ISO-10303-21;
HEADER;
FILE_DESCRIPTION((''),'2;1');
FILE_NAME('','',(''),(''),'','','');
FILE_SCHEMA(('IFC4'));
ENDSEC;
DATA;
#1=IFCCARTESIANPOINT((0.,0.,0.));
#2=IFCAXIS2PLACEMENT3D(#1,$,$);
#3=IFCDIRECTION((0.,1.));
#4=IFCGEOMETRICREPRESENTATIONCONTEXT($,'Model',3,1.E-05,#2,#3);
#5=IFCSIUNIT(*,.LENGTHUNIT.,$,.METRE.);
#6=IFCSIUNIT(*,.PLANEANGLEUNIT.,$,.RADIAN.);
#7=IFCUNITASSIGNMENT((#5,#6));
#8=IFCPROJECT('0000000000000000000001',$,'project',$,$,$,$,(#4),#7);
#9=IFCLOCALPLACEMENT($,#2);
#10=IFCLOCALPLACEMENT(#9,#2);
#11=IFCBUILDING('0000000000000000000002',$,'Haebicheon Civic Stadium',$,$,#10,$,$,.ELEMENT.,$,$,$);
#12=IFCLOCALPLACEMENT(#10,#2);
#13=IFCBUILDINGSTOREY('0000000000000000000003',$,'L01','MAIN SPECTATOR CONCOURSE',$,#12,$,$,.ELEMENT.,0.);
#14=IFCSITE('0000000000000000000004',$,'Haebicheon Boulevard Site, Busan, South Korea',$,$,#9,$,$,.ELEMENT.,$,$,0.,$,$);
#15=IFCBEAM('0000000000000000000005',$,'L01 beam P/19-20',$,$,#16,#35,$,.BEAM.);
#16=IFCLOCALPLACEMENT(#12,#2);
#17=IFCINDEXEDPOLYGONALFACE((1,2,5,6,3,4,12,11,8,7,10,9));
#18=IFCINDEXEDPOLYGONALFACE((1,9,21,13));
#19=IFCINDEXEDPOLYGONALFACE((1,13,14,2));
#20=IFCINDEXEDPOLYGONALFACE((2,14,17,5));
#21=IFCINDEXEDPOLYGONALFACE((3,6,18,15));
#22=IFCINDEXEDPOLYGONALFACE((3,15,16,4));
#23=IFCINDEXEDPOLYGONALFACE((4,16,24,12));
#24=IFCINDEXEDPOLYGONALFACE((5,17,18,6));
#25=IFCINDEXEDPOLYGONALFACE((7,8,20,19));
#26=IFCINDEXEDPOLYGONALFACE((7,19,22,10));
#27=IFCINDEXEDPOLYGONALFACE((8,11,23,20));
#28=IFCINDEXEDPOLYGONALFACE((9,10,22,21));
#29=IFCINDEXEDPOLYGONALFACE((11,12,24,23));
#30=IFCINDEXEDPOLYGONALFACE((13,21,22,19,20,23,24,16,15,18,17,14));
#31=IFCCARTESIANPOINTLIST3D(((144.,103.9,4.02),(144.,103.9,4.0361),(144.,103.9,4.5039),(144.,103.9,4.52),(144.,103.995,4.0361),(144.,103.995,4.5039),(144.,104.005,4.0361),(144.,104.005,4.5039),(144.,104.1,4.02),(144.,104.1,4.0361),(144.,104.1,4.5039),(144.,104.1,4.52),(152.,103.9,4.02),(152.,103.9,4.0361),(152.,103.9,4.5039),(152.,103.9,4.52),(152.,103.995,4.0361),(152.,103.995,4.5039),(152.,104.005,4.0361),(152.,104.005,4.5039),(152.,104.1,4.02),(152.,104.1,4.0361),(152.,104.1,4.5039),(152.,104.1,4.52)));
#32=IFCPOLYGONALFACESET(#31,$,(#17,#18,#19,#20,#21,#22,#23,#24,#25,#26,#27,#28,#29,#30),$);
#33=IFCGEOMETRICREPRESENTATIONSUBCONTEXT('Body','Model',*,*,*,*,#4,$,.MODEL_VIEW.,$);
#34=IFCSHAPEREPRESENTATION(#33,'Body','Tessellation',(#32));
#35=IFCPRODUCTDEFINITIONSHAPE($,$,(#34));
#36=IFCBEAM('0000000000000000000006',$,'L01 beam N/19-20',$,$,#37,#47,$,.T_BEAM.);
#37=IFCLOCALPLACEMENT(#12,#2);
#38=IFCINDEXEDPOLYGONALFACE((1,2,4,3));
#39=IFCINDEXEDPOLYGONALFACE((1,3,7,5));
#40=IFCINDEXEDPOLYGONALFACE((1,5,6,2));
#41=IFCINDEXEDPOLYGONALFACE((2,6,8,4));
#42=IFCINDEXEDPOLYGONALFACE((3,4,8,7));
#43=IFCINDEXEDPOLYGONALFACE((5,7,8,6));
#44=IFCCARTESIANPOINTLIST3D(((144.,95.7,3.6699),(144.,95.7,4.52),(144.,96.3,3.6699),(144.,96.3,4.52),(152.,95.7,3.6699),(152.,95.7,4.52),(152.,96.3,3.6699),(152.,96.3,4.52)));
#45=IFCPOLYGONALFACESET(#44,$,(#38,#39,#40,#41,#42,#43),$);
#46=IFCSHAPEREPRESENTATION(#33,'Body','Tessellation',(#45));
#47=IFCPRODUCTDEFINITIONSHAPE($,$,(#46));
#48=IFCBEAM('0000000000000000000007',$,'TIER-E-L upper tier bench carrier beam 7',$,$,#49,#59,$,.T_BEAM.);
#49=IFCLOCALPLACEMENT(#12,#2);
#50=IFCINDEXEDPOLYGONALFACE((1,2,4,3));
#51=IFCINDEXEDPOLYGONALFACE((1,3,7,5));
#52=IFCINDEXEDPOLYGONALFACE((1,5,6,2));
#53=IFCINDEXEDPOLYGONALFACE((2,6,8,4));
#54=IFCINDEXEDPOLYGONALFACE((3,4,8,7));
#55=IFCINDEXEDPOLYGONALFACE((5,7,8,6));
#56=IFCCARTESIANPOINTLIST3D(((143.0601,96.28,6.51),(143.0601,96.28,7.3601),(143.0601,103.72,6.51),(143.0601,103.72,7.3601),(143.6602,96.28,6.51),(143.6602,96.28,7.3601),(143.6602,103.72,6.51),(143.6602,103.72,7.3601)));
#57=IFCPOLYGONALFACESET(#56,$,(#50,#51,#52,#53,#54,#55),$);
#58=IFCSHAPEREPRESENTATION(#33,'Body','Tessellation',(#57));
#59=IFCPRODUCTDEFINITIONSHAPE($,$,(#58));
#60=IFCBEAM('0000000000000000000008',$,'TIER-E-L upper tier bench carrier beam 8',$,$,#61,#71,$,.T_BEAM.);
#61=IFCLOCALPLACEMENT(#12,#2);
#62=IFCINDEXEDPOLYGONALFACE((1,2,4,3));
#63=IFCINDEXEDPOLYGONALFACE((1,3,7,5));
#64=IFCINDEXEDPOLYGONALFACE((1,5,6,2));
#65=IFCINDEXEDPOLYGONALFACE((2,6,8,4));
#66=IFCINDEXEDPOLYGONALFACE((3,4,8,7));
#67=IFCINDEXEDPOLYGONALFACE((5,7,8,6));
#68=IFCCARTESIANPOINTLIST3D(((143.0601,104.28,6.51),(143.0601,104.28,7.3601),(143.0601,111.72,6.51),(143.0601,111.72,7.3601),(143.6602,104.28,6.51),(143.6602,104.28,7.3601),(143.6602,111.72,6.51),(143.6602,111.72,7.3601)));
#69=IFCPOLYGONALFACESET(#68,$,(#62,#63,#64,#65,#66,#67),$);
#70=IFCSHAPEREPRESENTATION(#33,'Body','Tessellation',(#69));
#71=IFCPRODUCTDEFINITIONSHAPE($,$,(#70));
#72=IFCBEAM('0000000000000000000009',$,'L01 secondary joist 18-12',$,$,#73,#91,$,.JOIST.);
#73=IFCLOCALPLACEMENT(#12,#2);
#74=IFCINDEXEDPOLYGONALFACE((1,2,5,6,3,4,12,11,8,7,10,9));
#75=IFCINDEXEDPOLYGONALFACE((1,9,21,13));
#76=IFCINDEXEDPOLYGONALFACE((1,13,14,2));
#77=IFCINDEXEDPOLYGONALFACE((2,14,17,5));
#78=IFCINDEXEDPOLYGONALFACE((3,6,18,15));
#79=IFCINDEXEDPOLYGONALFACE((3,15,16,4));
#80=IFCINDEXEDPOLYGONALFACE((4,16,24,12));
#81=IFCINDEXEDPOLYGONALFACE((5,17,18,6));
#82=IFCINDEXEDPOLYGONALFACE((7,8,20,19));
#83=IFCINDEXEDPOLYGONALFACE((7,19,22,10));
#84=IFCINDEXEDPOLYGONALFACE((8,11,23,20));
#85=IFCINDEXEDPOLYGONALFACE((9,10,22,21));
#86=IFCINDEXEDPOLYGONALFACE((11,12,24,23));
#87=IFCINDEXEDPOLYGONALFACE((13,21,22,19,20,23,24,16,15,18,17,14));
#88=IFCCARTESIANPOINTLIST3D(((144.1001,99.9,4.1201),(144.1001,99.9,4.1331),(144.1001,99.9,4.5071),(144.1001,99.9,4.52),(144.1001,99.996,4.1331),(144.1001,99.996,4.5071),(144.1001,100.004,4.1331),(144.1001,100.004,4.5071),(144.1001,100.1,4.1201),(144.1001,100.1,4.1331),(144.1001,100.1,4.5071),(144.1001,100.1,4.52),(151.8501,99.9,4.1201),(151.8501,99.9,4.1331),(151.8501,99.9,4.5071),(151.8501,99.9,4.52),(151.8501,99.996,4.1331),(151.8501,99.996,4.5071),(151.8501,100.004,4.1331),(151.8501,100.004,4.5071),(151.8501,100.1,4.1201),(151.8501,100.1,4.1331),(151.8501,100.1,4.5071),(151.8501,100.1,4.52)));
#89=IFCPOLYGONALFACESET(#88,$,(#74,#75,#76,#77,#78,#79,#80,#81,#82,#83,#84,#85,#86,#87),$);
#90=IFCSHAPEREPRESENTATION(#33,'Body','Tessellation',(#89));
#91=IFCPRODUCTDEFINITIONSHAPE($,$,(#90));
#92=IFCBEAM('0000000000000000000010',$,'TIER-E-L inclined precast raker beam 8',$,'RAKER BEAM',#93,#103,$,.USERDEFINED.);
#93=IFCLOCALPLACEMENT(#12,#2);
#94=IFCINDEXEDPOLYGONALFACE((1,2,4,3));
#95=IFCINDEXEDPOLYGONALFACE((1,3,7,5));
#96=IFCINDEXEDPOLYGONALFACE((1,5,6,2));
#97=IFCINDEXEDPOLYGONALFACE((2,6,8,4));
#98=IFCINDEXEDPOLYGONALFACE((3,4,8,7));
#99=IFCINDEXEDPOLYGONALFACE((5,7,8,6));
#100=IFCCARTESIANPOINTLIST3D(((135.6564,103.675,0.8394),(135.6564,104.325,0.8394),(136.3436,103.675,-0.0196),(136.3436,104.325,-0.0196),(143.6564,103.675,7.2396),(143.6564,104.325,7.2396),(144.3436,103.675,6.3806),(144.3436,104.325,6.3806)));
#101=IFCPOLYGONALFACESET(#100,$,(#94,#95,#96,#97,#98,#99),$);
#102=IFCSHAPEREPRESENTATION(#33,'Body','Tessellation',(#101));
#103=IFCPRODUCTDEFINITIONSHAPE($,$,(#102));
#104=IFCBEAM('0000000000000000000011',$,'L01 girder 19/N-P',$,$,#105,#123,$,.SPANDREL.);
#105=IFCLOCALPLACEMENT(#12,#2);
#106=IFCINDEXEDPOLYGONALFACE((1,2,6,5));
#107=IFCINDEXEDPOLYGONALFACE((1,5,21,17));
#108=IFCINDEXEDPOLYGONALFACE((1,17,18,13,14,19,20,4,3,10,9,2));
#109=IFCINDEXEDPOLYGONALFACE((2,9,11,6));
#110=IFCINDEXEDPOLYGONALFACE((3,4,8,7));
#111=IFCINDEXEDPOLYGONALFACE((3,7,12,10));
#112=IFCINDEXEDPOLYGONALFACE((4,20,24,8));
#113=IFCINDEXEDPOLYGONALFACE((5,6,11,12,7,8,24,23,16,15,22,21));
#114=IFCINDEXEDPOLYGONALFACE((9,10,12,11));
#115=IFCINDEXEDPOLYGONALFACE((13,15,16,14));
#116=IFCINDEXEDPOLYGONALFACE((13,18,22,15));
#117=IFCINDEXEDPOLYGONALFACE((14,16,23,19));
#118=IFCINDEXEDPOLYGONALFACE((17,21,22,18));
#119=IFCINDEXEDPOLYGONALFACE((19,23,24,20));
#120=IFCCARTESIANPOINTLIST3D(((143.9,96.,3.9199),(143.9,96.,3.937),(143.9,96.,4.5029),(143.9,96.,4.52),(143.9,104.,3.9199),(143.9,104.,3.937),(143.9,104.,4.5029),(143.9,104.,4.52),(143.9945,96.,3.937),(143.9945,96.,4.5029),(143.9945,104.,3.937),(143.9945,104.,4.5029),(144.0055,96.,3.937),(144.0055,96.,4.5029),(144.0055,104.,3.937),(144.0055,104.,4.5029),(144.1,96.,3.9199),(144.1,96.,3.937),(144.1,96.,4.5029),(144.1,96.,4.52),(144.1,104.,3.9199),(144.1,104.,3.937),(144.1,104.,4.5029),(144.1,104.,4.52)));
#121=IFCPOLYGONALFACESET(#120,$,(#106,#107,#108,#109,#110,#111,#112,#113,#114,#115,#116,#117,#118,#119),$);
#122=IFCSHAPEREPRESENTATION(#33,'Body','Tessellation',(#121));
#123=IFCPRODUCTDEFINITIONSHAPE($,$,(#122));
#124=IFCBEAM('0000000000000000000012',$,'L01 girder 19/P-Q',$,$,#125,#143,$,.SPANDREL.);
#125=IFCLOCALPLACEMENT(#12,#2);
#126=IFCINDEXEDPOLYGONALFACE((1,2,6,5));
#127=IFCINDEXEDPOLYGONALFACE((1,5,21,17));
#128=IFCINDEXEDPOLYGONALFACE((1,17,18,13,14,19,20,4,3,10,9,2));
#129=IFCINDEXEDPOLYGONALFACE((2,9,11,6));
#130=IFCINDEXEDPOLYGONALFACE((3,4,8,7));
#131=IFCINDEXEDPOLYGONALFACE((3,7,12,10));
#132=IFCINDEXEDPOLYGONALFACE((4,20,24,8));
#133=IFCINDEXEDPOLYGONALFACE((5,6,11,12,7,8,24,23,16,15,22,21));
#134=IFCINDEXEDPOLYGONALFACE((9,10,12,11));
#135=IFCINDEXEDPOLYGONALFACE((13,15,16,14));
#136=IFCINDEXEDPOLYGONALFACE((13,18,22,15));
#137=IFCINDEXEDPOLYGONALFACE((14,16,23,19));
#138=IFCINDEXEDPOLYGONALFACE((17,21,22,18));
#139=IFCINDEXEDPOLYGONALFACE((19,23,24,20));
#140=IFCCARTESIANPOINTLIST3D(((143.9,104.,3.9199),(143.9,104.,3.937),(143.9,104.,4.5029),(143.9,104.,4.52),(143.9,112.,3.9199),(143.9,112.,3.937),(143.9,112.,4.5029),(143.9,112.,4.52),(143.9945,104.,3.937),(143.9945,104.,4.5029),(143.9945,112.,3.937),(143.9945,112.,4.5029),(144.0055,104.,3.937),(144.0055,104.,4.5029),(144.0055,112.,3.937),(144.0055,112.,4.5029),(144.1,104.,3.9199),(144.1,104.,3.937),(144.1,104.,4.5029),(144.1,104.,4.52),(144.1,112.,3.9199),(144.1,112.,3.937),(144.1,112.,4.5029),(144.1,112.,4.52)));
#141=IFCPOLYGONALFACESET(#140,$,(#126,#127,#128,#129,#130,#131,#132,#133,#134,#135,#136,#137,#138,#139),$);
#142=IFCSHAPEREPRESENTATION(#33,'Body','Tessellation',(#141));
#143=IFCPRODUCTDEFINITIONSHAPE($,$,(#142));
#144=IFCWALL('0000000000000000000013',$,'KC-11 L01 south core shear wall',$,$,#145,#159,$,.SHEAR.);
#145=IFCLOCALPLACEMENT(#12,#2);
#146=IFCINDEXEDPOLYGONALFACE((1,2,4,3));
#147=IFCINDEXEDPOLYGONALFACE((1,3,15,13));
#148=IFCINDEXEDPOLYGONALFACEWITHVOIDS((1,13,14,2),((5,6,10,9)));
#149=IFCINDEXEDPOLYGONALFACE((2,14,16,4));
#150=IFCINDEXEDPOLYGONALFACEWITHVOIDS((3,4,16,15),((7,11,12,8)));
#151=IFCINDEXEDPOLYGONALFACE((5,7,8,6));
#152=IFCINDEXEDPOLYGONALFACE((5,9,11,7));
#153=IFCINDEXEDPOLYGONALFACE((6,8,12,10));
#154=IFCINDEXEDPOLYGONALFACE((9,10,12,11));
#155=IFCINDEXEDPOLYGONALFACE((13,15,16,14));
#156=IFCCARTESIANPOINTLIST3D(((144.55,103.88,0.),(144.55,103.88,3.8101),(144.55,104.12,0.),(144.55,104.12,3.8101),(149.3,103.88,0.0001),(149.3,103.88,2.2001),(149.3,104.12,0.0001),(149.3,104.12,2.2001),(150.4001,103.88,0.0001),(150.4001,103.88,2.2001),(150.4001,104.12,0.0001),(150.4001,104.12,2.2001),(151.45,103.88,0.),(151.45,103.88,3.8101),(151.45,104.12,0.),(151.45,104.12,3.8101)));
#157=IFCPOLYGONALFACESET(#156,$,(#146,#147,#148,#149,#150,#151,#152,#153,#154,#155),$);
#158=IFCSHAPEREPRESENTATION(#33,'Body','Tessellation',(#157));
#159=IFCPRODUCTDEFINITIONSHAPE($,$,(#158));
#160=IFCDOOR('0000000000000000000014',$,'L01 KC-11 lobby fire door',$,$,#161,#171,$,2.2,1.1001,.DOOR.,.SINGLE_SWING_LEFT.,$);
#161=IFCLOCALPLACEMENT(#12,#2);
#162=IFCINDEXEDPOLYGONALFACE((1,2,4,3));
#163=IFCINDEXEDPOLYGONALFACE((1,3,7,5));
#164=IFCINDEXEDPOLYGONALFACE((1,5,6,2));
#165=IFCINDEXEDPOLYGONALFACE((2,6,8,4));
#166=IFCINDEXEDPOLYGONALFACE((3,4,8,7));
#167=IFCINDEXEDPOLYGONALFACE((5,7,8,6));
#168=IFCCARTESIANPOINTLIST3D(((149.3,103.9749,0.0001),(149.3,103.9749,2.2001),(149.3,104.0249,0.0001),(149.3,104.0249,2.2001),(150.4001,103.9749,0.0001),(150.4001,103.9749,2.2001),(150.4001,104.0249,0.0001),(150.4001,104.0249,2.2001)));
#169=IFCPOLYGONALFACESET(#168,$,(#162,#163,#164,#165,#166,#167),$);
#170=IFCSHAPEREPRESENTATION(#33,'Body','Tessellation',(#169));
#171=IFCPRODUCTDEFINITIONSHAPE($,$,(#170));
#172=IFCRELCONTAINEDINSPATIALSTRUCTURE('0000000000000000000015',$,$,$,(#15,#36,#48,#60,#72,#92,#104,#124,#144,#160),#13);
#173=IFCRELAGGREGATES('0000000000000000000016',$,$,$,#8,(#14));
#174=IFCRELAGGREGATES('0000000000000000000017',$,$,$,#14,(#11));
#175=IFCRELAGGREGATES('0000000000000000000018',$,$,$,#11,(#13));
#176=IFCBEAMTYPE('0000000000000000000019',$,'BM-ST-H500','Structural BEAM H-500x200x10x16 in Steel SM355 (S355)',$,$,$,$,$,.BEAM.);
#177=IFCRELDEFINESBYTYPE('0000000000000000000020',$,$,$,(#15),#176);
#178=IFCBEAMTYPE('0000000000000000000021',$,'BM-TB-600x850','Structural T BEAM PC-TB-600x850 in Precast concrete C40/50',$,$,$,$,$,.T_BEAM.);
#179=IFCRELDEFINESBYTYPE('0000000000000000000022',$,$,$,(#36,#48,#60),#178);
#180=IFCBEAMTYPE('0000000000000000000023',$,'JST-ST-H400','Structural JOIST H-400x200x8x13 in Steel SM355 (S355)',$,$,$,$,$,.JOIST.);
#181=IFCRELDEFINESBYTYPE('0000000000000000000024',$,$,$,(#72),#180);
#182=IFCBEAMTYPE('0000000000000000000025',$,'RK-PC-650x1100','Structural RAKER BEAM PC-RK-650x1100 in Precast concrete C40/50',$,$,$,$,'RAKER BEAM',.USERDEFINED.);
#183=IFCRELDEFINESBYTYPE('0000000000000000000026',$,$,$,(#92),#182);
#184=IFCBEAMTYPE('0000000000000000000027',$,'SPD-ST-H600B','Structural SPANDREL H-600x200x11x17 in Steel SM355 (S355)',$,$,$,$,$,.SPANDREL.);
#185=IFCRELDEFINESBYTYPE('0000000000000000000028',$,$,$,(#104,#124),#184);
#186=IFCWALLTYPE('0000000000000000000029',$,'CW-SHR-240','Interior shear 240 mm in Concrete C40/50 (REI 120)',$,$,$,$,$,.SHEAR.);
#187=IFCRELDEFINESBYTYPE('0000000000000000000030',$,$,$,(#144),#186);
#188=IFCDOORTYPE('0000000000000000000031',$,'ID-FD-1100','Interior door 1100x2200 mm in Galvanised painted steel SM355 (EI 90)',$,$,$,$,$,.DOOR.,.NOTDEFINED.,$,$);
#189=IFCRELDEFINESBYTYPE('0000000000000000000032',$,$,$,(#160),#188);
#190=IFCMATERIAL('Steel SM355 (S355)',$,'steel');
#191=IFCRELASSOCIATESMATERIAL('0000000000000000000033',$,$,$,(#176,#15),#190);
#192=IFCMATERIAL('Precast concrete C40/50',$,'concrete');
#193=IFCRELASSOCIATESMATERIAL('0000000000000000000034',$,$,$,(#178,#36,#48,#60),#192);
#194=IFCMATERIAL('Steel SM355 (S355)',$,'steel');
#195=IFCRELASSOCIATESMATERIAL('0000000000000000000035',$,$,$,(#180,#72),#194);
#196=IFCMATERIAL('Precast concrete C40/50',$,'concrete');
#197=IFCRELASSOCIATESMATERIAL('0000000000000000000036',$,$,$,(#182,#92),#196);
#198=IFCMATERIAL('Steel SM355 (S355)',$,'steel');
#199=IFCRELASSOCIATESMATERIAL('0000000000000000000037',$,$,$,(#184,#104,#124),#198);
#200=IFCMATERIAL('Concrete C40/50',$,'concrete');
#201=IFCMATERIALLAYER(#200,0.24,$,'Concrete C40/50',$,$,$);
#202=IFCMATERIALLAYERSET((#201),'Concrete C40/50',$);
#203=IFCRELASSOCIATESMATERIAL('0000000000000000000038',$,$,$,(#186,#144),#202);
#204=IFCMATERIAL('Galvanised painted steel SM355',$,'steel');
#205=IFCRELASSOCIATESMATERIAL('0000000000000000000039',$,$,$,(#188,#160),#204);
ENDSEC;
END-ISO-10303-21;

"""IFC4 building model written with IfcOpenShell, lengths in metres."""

from ifc_helpers import new_model, si_unit, direction, frame, frame_2d, origin, origin_2d, place, context, subcontext, project, spatial, rectangle, i_section, extrude, material, layer, layer_set, material_profile, profile_set, type_object, element, fill, save


model = new_model("IFC4")

# Units and contexts
model_context = context("Model", 3, precision=1e-05, world=origin(), true_north=direction((0.0, 1.0)))
body_context = subcontext(model_context, "Body", "Model", "MODEL_VIEW")
ifc_project = project(units=[si_unit("LENGTHUNIT", "METRE"), si_unit("PLANEANGLEUNIT", "RADIAN")], contexts=[model_context])

# Site, building, storey
site_placement = place(None, origin())
site = spatial("IfcSite", under=ifc_project, at=site_placement, Name="Haebicheon Boulevard Site, Busan, South Korea", CompositionType="ELEMENT", RefElevation=0.0)
building_placement = place(site_placement, origin())
building = spatial("IfcBuilding", under=site, at=building_placement, Name="Haebicheon Civic Stadium", CompositionType="ELEMENT")
storey_placement = place(building_placement, origin())
storey = spatial("IfcBuildingStorey", under=building, at=storey_placement, Name="L01", Description="MAIN SPECTATOR CONCOURSE", CompositionType="ELEMENT", Elevation=0.0)

# Beams
ifc_material_1 = material(Name="Steel SM355 (S355)", Category="steel")
ifc_material_profile_1 = material_profile(ifc_material_1, i_section(OverallWidth=0.2, OverallDepth=0.5, WebThickness=0.01, FlangeThickness=0.0161, at=origin_2d()), Name="H-500x200x10x16")
ifc_profile_set_1 = profile_set([ifc_material_profile_1], Name="Steel SM355 (S355)")
beam_type_1 = type_object("IfcBeamType", Name="BM-ST-H500", Description="Structural BEAM H-500x200x10x16 in Steel SM355 (S355)", PredefinedType="BEAM", material=ifc_profile_set_1)
beam_1_placement = place(storey_placement, frame((144.0, 104.0, 4.27), z_axis=(1.0, 0.0, 0.0), x_axis=(0.0, 1.0, 0.0)))
element("IfcBeam", 1, at=beam_1_placement, inside=storey, type_object=beam_type_1, material=ifc_profile_set_1, Name="L01 beam P/19-20", PredefinedType="BEAM", context=body_context, shape_type="SweptSolid", body=[
    extrude(i_section(OverallWidth=0.2, OverallDepth=0.5, WebThickness=0.01, FlangeThickness=0.0161, at=origin_2d()), origin(), (0.0, 0.0, 1.0), 8.0),
])
ifc_material_2 = material(Name="Precast concrete C40/50", Category="concrete")
ifc_material_profile_2 = material_profile(ifc_material_2, rectangle(XDim=0.6001, YDim=0.8501, at=origin_2d()), Name="PC-TB-600x850")
ifc_profile_set_2 = profile_set([ifc_material_profile_2], Name="Precast concrete C40/50")
beam_type_2 = type_object("IfcBeamType", Name="BM-TB-600x850", Description="Structural T BEAM PC-TB-600x850 in Precast concrete C40/50", PredefinedType="T_BEAM", material=ifc_profile_set_2)
beam_2_placement = place(storey_placement, frame((144.0, 96.0, 4.095), z_axis=(1.0, 0.0, 0.0), x_axis=(0.0, 1.0, 0.0)))
element("IfcBeam", 2, at=beam_2_placement, inside=storey, type_object=beam_type_2, material=ifc_profile_set_2, Name="L01 beam N/19-20", PredefinedType="T_BEAM", context=body_context, shape_type="SweptSolid", body=[
    extrude(rectangle(XDim=0.6001, YDim=0.8501, at=origin_2d()), origin(), (0.0, 0.0, 1.0), 8.0),
])
for number, where, z_axis, x_axis, name in (
    (3, (143.3601, 96.28, 6.9351), (0.0, 1.0, 0.0), (-1.0, 0.0, 0.0), "TIER-E-L upper tier bench carrier beam 7"),
    (4, (143.3601, 104.28, 6.9351), (0.0, 1.0, 0.0), (-1.0, 0.0, 0.0), "TIER-E-L upper tier bench carrier beam 8"),
):
    element("IfcBeam", number, at=place(storey_placement, frame(where, z_axis=z_axis, x_axis=x_axis)), inside=storey, type_object=beam_type_2, material=ifc_profile_set_2, Name=name, PredefinedType="T_BEAM", context=body_context, shape_type="SweptSolid", body=[
        extrude(rectangle(XDim=0.6001, YDim=0.8501, at=origin_2d()), origin(), (0.0, 0.0, 1.0), 7.4399),
    ])
ifc_material_3 = material(Name="Steel SM355 (S355)", Category="steel")
ifc_material_profile_3 = material_profile(ifc_material_3, i_section(OverallWidth=0.2, OverallDepth=0.3999, WebThickness=0.0081, FlangeThickness=0.0129, at=origin_2d()), Name="H-400x200x8x13")
ifc_profile_set_3 = profile_set([ifc_material_profile_3], Name="Steel SM355 (S355)")
beam_type_3 = type_object("IfcBeamType", Name="JST-ST-H400", Description="Structural JOIST H-400x200x8x13 in Steel SM355 (S355)", PredefinedType="JOIST", material=ifc_profile_set_3)
beam_3_placement = place(storey_placement, frame((144.1001, 100.0, 4.3201), z_axis=(1.0, 0.0, 0.0), x_axis=(0.0, 1.0, 0.0)))
element("IfcBeam", 5, at=beam_3_placement, inside=storey, type_object=beam_type_3, material=ifc_profile_set_3, Name="L01 secondary joist 18-12", PredefinedType="JOIST", context=body_context, shape_type="SweptSolid", body=[
    extrude(i_section(OverallWidth=0.2, OverallDepth=0.3999, WebThickness=0.0081, FlangeThickness=0.0129, at=origin_2d()), origin(), (0.0, 0.0, 1.0), 7.75),
])
ifc_material_4 = material(Name="Precast concrete C40/50", Category="concrete")
ifc_material_profile_4 = material_profile(ifc_material_4, rectangle(XDim=0.6499, YDim=1.1001, at=origin_2d()), Name="PC-RK-650x1100")
ifc_profile_set_4 = profile_set([ifc_material_profile_4], Name="Precast concrete C40/50")
beam_type_4 = type_object("IfcBeamType", Name="RK-PC-650x1100", Description="Structural RAKER BEAM PC-RK-650x1100 in Precast concrete C40/50", ElementType="RAKER BEAM", PredefinedType="USERDEFINED", material=ifc_profile_set_4)
beam_4_placement = place(storey_placement, frame((136.0, 104.0, 0.4099), z_axis=(0.780862, 0.0, 0.624704), x_axis=(0.0, 1.0, 0.0)))
element("IfcBeam", 6, at=beam_4_placement, inside=storey, type_object=beam_type_4, material=ifc_profile_set_4, Name="TIER-E-L inclined precast raker beam 8", ObjectType="RAKER BEAM", PredefinedType="USERDEFINED", context=body_context, shape_type="SweptSolid", body=[
    extrude(rectangle(XDim=0.6499, YDim=1.1001, at=origin_2d()), origin(), (0.0, 0.0, 1.0), 10.2451),
])
ifc_material_5 = material(Name="Steel SM355 (S355)", Category="steel")
ifc_material_profile_5 = material_profile(ifc_material_5, i_section(OverallWidth=0.2, OverallDepth=0.6001, WebThickness=0.011, FlangeThickness=0.0171, at=origin_2d()), Name="H-600x200x11x17")
ifc_profile_set_5 = profile_set([ifc_material_profile_5], Name="Steel SM355 (S355)")
beam_type_5 = type_object("IfcBeamType", Name="SPD-ST-H600B", Description="Structural SPANDREL H-600x200x11x17 in Steel SM355 (S355)", PredefinedType="SPANDREL", material=ifc_profile_set_5)
for number, where, z_axis, x_axis, name in (
    (7, (144.0, 96.0, 4.22), (0.0, 1.0, 0.0), (-1.0, 0.0, 0.0), "L01 girder 19/N-P"),
    (8, (144.0, 104.0, 4.22), (0.0, 1.0, 0.0), (-1.0, 0.0, 0.0), "L01 girder 19/P-Q"),
):
    element("IfcBeam", number, at=place(storey_placement, frame(where, z_axis=z_axis, x_axis=x_axis)), inside=storey, type_object=beam_type_5, material=ifc_profile_set_5, Name=name, PredefinedType="SPANDREL", context=body_context, shape_type="SweptSolid", body=[
        extrude(i_section(OverallWidth=0.2, OverallDepth=0.6001, WebThickness=0.011, FlangeThickness=0.0171, at=origin_2d()), origin(), (0.0, 0.0, 1.0), 8.0),
    ])

# Wall, opening, door
ifc_material_6 = material(Name="Concrete C40/50", Category="concrete")
ifc_layer_1 = layer(ifc_material_6, 0.24, Name="Concrete C40/50")
ifc_layer_set_1 = layer_set([ifc_layer_1], Name="Concrete C40/50")
wall_type_1 = type_object("IfcWallType", Name="CW-SHR-240", Description="Interior shear 240 mm in Concrete C40/50 (REI 120)", PredefinedType="SHEAR", material=ifc_layer_set_1)
wall_1_placement = place(storey_placement, frame((144.55, 104.0, 0.0), z_axis=(0.0, 0.0, 1.0), x_axis=(1.0, 0.0, 0.0)))
wall_1 = element("IfcWall", 9, at=wall_1_placement, inside=storey, type_object=wall_type_1, material=ifc_layer_set_1, Name="KC-11 L01 south core shear wall", PredefinedType="SHEAR", context=body_context, shape_type="SweptSolid", body=[
    extrude(rectangle(XDim=6.8999, YDim=0.24, at=frame_2d((3.45, 0.0))), origin(), (0.0, 0.0, 1.0), 3.8101),
])
opening_1_placement = place(wall_1_placement, frame((4.75, 0.0, 0.0)))
opening_1 = element("IfcOpeningElement", 10, at=opening_1_placement, cuts=wall_1, PredefinedType="OPENING", context=body_context, shape_type="SweptSolid", body=[
    extrude(rectangle(XDim=1.1001, YDim=2.2, at=frame_2d((0.55, 1.1001))), frame((0.0, 0.1299, 0.0), z_axis=(0.0, -1.0, 0.0), x_axis=(1.0, 0.0, 0.0)), (0.0, 0.0, 1.0), 0.26),
])
ifc_material_7 = material(Name="Galvanised painted steel SM355", Category="steel")
door_type = type_object("IfcDoorType", Name="ID-FD-1100", Description="Interior door 1100x2200 mm in Galvanised painted steel SM355 (EI 90)", OperationType="NOTDEFINED", PredefinedType="DOOR", material=ifc_material_7)
door_placement = place(opening_1_placement, origin())
door = element("IfcDoor", 11, at=door_placement, inside=storey, type_object=door_type, material=ifc_material_7, Name="L01 KC-11 lobby fire door", OperationType="SINGLE_SWING_LEFT", OverallHeight=2.2, OverallWidth=1.1001, PredefinedType="DOOR", context=body_context, shape_type="SweptSolid", body=[
    extrude(rectangle(XDim=1.1001, YDim=2.2, at=frame_2d((0.55, 1.1001))), frame((0.0, 0.0249, 0.0), z_axis=(0.0, -1.0, 0.0), x_axis=(1.0, 0.0, 0.0)), (0.0, 0.0, 1.0), 0.05),
])
fill(opening_1, door)

save(model, "model.ifc")
